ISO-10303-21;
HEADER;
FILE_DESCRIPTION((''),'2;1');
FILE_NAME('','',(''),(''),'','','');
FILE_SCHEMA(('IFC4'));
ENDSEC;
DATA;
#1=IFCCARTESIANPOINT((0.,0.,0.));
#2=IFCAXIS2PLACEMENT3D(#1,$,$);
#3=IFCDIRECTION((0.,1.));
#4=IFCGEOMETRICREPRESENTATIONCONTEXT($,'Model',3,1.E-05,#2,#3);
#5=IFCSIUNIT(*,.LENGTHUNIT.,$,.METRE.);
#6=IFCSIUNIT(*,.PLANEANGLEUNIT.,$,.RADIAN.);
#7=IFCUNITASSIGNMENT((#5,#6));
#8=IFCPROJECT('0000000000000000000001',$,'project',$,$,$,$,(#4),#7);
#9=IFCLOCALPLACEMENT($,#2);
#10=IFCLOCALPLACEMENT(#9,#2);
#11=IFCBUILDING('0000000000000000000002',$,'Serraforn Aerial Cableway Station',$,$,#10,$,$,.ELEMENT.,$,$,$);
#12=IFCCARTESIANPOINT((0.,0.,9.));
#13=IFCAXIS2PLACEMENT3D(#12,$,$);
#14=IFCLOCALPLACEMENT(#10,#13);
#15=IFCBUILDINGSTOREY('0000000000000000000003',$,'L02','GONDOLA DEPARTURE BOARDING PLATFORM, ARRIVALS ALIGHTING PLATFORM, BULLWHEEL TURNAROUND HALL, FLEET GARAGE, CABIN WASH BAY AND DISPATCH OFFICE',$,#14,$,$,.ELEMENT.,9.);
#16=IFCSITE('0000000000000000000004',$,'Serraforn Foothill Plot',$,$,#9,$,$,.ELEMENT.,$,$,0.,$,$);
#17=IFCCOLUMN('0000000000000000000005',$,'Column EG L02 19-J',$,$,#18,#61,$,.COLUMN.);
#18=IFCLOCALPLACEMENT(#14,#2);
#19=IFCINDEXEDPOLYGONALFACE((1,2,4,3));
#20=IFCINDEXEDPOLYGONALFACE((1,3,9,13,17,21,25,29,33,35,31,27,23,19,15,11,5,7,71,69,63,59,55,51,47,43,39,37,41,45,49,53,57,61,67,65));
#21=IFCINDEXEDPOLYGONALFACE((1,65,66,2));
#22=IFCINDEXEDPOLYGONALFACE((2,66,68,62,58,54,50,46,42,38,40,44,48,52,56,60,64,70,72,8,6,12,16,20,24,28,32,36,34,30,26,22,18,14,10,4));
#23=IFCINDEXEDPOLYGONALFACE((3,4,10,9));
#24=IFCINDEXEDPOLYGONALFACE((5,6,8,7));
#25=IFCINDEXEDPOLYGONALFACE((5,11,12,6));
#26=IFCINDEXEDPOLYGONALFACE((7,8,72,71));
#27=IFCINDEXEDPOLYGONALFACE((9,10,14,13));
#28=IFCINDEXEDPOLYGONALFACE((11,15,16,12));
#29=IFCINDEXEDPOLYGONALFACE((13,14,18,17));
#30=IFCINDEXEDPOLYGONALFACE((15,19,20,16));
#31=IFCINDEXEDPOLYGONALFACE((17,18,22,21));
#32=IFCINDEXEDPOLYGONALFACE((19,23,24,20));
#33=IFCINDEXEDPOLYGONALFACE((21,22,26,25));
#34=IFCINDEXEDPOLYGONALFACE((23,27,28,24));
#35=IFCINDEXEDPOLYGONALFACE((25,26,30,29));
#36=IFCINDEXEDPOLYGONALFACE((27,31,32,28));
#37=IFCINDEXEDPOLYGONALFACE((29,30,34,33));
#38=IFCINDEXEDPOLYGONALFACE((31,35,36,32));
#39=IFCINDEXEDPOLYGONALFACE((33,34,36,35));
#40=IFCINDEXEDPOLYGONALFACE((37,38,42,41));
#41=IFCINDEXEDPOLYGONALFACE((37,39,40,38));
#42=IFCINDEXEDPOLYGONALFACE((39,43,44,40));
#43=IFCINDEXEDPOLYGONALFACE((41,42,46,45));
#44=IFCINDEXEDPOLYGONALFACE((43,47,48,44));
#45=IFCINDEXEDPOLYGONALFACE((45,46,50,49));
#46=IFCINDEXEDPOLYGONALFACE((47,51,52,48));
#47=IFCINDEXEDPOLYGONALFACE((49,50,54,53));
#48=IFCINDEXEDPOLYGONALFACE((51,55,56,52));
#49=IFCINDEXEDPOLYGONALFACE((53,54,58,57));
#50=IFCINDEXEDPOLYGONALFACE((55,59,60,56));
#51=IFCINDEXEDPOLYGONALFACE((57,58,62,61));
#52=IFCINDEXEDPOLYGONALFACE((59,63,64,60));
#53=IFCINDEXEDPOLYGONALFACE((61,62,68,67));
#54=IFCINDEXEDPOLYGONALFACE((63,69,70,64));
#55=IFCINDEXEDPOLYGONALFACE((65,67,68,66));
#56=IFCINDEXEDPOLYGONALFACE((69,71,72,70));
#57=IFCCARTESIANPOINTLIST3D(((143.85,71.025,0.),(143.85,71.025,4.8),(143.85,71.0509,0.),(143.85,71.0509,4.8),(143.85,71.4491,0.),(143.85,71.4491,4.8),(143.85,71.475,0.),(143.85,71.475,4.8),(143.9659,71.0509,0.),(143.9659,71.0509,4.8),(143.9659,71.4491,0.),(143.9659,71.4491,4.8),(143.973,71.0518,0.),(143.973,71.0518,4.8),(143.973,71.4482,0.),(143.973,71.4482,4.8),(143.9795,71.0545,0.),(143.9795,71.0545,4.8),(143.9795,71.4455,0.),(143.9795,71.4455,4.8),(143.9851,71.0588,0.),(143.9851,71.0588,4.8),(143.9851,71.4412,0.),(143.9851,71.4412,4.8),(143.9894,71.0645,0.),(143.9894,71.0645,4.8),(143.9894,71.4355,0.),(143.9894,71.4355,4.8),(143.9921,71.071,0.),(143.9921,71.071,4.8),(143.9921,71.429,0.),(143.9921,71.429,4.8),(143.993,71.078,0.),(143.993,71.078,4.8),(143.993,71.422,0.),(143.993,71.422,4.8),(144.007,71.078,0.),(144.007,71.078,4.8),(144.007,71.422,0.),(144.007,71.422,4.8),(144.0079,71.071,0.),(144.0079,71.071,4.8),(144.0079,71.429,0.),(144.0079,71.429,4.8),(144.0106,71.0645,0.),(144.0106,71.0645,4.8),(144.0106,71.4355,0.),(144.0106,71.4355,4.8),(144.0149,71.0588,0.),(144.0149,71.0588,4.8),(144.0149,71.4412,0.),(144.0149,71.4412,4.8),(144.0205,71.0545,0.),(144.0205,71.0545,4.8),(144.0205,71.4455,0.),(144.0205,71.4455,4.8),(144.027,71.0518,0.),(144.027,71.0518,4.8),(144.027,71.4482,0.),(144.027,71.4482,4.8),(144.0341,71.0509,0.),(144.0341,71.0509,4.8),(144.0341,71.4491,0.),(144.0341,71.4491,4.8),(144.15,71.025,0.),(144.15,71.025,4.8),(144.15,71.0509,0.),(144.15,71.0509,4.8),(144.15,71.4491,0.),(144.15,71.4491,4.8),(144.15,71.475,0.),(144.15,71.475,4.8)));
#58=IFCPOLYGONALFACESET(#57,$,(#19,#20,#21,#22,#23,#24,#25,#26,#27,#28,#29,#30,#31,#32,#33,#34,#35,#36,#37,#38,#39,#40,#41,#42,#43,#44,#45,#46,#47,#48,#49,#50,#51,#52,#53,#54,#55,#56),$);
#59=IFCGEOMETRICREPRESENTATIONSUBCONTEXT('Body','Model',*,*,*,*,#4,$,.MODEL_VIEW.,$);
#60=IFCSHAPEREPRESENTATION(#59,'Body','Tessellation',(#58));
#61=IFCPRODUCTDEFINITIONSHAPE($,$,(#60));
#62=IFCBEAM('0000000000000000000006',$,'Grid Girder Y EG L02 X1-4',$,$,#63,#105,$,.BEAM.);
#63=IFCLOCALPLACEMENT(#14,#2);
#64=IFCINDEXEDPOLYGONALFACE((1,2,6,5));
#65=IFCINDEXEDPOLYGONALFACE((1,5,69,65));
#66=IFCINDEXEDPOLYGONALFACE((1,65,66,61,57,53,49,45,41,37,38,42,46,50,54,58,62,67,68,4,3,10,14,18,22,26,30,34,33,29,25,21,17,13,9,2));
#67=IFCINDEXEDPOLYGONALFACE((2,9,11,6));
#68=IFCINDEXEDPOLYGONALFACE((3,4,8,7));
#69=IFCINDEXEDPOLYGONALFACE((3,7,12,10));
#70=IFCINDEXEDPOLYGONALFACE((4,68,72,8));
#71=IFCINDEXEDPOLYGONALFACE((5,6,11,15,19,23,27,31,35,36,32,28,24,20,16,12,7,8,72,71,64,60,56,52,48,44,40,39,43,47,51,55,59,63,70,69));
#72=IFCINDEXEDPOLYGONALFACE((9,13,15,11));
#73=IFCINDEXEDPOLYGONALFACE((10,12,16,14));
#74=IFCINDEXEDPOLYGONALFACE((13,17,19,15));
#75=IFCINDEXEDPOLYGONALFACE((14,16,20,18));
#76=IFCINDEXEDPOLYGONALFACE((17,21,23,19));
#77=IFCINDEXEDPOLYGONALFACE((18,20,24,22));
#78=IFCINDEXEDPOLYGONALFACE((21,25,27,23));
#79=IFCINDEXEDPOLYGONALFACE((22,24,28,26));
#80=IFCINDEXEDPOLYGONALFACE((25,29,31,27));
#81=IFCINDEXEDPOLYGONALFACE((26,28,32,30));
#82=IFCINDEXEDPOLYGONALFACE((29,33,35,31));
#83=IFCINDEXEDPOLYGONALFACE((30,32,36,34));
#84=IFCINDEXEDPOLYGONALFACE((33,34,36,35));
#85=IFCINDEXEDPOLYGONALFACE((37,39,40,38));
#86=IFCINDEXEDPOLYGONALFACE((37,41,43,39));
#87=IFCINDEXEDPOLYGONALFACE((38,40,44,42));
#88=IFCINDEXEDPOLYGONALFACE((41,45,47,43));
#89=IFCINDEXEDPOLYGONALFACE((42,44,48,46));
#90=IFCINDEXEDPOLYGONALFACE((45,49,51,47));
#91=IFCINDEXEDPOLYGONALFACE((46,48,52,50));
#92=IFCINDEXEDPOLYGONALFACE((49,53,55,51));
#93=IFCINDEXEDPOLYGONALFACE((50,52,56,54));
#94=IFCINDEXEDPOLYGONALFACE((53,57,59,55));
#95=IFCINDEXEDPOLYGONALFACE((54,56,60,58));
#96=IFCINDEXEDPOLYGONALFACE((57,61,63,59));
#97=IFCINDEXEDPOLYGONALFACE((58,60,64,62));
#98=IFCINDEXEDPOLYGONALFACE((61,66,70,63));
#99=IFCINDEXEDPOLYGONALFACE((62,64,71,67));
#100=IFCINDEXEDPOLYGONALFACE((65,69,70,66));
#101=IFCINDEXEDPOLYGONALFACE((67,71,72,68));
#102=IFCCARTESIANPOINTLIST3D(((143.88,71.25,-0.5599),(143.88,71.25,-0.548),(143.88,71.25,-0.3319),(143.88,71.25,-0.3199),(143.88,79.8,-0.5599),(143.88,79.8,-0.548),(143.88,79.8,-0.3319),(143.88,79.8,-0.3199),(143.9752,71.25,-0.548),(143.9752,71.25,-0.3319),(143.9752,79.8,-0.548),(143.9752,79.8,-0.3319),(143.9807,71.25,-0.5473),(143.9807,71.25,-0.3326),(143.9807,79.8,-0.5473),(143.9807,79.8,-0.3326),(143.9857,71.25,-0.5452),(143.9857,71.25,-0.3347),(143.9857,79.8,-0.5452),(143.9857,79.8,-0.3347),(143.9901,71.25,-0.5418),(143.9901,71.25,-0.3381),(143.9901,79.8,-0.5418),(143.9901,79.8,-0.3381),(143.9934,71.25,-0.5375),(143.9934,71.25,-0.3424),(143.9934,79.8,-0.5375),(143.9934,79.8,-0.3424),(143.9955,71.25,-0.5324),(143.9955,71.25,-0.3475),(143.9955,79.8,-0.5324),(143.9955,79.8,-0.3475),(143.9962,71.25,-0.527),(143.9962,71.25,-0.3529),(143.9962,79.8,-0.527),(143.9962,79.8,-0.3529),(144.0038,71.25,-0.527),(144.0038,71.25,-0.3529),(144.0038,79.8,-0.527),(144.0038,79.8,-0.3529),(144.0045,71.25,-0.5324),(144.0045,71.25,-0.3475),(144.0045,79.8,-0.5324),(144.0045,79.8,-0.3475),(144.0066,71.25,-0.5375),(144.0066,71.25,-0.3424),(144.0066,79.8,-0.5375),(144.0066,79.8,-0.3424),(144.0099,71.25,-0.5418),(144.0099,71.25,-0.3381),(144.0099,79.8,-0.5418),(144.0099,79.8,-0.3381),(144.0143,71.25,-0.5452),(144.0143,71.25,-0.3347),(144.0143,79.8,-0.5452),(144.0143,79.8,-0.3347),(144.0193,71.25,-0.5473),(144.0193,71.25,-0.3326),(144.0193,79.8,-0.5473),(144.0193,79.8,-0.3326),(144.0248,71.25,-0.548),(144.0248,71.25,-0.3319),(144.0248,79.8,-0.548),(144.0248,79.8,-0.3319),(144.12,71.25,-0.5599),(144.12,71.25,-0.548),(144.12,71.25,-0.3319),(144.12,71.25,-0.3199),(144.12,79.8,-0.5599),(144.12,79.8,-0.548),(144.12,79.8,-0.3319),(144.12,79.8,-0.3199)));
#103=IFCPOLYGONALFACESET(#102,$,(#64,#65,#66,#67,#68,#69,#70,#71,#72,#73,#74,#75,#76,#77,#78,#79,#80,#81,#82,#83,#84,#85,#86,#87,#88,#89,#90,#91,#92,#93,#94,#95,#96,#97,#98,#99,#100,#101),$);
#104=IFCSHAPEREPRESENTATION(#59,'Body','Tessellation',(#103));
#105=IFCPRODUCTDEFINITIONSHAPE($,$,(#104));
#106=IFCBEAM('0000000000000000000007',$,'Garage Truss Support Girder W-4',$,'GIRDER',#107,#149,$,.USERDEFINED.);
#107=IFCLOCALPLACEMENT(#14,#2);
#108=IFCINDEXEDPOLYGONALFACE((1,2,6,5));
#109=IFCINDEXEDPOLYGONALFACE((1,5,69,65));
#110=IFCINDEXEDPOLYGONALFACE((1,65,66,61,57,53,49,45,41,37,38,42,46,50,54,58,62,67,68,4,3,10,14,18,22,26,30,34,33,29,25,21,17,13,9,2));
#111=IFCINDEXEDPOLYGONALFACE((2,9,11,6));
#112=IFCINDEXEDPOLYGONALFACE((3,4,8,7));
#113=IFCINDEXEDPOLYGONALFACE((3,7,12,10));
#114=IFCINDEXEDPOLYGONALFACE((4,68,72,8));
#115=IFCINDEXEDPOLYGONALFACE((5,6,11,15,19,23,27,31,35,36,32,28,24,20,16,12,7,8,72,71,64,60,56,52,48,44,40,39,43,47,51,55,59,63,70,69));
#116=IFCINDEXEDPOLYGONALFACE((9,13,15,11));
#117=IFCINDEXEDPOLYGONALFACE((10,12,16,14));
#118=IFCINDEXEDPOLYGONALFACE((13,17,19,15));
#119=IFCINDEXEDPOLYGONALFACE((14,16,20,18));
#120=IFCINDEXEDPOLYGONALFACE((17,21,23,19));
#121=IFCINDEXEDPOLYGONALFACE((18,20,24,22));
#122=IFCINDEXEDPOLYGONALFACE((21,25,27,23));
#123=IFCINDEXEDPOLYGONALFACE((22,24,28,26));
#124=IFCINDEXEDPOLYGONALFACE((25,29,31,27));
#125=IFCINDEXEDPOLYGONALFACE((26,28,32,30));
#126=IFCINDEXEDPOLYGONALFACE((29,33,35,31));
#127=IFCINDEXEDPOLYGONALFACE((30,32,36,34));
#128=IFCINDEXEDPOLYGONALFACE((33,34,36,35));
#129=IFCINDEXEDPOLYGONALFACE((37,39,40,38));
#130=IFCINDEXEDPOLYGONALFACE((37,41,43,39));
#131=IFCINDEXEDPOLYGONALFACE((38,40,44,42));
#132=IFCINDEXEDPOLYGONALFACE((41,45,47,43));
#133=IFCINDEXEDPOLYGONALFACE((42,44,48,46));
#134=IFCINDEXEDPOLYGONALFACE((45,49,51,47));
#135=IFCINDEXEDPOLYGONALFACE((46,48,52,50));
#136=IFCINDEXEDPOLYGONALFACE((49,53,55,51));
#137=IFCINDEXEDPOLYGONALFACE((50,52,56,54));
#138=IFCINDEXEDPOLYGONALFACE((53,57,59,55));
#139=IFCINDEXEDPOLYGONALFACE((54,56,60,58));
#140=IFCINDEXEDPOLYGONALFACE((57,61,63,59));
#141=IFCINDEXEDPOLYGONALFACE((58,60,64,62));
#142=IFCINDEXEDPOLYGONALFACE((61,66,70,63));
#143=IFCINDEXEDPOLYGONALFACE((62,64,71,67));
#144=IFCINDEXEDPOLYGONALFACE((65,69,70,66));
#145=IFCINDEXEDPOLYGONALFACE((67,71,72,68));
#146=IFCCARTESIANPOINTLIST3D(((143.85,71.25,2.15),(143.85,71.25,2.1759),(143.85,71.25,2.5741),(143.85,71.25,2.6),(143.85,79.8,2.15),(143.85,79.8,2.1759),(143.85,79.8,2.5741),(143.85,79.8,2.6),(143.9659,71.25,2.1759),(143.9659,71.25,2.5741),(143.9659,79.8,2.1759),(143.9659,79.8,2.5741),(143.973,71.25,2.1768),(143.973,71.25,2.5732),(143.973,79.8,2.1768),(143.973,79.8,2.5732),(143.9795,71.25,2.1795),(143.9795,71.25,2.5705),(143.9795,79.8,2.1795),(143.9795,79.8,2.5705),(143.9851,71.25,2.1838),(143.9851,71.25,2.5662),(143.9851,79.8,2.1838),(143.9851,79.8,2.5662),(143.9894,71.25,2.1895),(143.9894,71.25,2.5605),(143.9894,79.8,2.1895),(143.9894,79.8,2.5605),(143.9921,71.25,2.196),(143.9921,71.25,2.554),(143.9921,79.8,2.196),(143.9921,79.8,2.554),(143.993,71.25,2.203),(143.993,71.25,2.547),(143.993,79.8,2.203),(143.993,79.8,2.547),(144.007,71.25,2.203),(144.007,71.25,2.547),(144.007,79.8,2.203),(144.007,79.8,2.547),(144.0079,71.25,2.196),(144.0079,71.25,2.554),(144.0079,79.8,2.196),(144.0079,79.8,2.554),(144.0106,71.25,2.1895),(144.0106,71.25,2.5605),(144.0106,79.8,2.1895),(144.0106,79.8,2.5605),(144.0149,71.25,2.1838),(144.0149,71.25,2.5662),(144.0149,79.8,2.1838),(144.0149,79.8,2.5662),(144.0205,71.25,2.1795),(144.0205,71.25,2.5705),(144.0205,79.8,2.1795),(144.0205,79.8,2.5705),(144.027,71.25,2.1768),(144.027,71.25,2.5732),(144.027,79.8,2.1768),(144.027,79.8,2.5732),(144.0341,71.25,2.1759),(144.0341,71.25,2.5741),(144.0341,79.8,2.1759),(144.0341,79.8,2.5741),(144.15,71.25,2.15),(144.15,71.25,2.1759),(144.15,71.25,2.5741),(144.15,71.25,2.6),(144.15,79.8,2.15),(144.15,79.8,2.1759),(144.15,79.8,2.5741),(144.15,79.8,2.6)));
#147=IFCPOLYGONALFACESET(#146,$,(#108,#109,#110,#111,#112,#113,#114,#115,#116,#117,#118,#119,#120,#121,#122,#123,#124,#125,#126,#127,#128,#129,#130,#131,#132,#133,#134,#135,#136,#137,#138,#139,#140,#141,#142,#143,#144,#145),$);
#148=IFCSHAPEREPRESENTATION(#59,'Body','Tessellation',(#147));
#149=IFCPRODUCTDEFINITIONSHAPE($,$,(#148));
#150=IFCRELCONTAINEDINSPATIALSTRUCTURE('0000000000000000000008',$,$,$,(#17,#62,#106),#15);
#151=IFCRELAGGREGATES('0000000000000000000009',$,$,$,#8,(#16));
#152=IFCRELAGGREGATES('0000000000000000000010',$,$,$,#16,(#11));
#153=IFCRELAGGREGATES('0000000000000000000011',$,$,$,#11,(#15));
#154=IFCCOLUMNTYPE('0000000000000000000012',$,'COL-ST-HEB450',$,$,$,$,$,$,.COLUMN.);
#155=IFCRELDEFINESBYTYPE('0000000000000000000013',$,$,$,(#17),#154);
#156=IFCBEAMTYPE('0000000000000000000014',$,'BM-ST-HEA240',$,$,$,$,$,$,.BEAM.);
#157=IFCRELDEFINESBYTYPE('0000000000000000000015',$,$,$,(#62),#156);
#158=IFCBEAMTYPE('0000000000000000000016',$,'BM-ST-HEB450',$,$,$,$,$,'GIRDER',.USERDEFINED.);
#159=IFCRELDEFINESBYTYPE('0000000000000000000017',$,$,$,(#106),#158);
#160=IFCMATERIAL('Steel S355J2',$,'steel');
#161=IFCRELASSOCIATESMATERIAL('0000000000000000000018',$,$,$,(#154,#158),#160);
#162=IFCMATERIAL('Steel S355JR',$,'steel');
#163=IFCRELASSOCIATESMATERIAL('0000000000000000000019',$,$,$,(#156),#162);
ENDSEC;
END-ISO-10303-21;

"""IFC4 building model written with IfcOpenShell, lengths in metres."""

from ifc_helpers import new_model, si_unit, direction, frame, origin, origin_2d, place, context, subcontext, project, spatial, i_section, extrude, material, material_profile, profile_set, type_object, element, save


model = new_model("IFC4")

# Units and contexts
model_context = context("Model", 3, precision=1e-05, world=origin(), true_north=direction((0.0, 1.0)))
body_context = subcontext(model_context, "Body", "Model", "MODEL_VIEW")
ifc_project = project(units=[si_unit("LENGTHUNIT", "METRE"), si_unit("PLANEANGLEUNIT", "RADIAN")], contexts=[model_context])

# Site, building, storey
site_placement = place(None, origin())
site = spatial("IfcSite", under=ifc_project, at=site_placement, Name="Serraforn Foothill Plot", CompositionType="ELEMENT", RefElevation=0.0)
building_placement = place(site_placement, origin())
building = spatial("IfcBuilding", under=site, at=building_placement, Name="Serraforn Aerial Cableway Station", CompositionType="ELEMENT")
storey_placement = place(building_placement, frame((0.0, 0.0, 9.0)))
storey = spatial("IfcBuildingStorey", under=building, at=storey_placement, Name="L02", Description="GONDOLA DEPARTURE BOARDING PLATFORM, ARRIVALS ALIGHTING PLATFORM, BULLWHEEL TURNAROUND HALL, FLEET GARAGE, CABIN WASH BAY AND DISPATCH OFFICE", CompositionType="ELEMENT", Elevation=9.0)

# Column
ifc_material_1 = material(Name="Steel S355J2", Category="steel")
ifc_material_profile_1 = material_profile(ifc_material_1, i_section(OverallWidth=0.3, OverallDepth=0.45, WebThickness=0.0139, FlangeThickness=0.0259, FilletRadius=0.0271, at=origin_2d()), Name="HEB 450")
ifc_profile_set_1 = profile_set([ifc_material_profile_1], Name="Steel S355J2")
column_type = type_object("IfcColumnType", Name="COL-ST-HEB450", PredefinedType="COLUMN", material=ifc_profile_set_1)
column_placement = place(storey_placement, frame((144.0, 71.25, 0.0), z_axis=(0.0, 0.0, 1.0), x_axis=(1.0, 0.0, 0.0)))
element("IfcColumn", 1, at=column_placement, inside=storey, type_object=column_type, Name="Column EG L02 19-J", PredefinedType="COLUMN", context=body_context, shape_type="SweptSolid", body=[
    extrude(i_section(OverallWidth=0.3, OverallDepth=0.45, WebThickness=0.0139, FlangeThickness=0.0259, FilletRadius=0.0271, at=origin_2d()), origin(), (0.0, 0.0, 1.0), 4.8),
])

# Beams
ifc_material_2 = material(Name="Steel S355JR", Category="steel")
ifc_material_profile_2 = material_profile(ifc_material_2, i_section(OverallWidth=0.24, OverallDepth=0.24, WebThickness=0.0076, FlangeThickness=0.012, FilletRadius=0.021, at=origin_2d()), Name="HEA 240")
ifc_profile_set_2 = profile_set([ifc_material_profile_2], Name="Steel S355JR")
beam_type_1 = type_object("IfcBeamType", Name="BM-ST-HEA240", PredefinedType="BEAM", material=ifc_profile_set_2)
beam_1_placement = place(storey_placement, frame((144.0, 71.25, -0.4399), z_axis=(0.0, 1.0, 0.0), x_axis=(-1.0, 0.0, 0.0)))
element("IfcBeam", 2, at=beam_1_placement, inside=storey, type_object=beam_type_1, Name="Grid Girder Y EG L02 X1-4", PredefinedType="BEAM", context=body_context, shape_type="SweptSolid", body=[
    extrude(i_section(OverallWidth=0.24, OverallDepth=0.24, WebThickness=0.0076, FlangeThickness=0.012, FilletRadius=0.021, at=origin_2d()), origin(), (0.0, 0.0, 1.0), 8.55),
])
ifc_material_profile_3 = material_profile(ifc_material_1, i_section(OverallWidth=0.3, OverallDepth=0.45, WebThickness=0.0139, FlangeThickness=0.0259, FilletRadius=0.0271, at=origin_2d()), Name="HEB 450")
ifc_profile_set_3 = profile_set([ifc_material_profile_3], Name="Steel S355J2")
beam_type_2 = type_object("IfcBeamType", Name="BM-ST-HEB450", ElementType="GIRDER", PredefinedType="USERDEFINED", material=ifc_profile_set_3)
beam_2_placement = place(storey_placement, frame((144.0, 71.25, 2.375), z_axis=(0.0, 1.0, 0.0), x_axis=(-1.0, 0.0, 0.0)))
element("IfcBeam", 3, at=beam_2_placement, inside=storey, type_object=beam_type_2, Name="Garage Truss Support Girder W-4", ObjectType="GIRDER", PredefinedType="USERDEFINED", context=body_context, shape_type="SweptSolid", body=[
    extrude(i_section(OverallWidth=0.3, OverallDepth=0.45, WebThickness=0.0139, FlangeThickness=0.0259, FilletRadius=0.0271, at=origin_2d()), origin(), (0.0, 0.0, 1.0), 8.55),
])

save(model, "model.ifc")
